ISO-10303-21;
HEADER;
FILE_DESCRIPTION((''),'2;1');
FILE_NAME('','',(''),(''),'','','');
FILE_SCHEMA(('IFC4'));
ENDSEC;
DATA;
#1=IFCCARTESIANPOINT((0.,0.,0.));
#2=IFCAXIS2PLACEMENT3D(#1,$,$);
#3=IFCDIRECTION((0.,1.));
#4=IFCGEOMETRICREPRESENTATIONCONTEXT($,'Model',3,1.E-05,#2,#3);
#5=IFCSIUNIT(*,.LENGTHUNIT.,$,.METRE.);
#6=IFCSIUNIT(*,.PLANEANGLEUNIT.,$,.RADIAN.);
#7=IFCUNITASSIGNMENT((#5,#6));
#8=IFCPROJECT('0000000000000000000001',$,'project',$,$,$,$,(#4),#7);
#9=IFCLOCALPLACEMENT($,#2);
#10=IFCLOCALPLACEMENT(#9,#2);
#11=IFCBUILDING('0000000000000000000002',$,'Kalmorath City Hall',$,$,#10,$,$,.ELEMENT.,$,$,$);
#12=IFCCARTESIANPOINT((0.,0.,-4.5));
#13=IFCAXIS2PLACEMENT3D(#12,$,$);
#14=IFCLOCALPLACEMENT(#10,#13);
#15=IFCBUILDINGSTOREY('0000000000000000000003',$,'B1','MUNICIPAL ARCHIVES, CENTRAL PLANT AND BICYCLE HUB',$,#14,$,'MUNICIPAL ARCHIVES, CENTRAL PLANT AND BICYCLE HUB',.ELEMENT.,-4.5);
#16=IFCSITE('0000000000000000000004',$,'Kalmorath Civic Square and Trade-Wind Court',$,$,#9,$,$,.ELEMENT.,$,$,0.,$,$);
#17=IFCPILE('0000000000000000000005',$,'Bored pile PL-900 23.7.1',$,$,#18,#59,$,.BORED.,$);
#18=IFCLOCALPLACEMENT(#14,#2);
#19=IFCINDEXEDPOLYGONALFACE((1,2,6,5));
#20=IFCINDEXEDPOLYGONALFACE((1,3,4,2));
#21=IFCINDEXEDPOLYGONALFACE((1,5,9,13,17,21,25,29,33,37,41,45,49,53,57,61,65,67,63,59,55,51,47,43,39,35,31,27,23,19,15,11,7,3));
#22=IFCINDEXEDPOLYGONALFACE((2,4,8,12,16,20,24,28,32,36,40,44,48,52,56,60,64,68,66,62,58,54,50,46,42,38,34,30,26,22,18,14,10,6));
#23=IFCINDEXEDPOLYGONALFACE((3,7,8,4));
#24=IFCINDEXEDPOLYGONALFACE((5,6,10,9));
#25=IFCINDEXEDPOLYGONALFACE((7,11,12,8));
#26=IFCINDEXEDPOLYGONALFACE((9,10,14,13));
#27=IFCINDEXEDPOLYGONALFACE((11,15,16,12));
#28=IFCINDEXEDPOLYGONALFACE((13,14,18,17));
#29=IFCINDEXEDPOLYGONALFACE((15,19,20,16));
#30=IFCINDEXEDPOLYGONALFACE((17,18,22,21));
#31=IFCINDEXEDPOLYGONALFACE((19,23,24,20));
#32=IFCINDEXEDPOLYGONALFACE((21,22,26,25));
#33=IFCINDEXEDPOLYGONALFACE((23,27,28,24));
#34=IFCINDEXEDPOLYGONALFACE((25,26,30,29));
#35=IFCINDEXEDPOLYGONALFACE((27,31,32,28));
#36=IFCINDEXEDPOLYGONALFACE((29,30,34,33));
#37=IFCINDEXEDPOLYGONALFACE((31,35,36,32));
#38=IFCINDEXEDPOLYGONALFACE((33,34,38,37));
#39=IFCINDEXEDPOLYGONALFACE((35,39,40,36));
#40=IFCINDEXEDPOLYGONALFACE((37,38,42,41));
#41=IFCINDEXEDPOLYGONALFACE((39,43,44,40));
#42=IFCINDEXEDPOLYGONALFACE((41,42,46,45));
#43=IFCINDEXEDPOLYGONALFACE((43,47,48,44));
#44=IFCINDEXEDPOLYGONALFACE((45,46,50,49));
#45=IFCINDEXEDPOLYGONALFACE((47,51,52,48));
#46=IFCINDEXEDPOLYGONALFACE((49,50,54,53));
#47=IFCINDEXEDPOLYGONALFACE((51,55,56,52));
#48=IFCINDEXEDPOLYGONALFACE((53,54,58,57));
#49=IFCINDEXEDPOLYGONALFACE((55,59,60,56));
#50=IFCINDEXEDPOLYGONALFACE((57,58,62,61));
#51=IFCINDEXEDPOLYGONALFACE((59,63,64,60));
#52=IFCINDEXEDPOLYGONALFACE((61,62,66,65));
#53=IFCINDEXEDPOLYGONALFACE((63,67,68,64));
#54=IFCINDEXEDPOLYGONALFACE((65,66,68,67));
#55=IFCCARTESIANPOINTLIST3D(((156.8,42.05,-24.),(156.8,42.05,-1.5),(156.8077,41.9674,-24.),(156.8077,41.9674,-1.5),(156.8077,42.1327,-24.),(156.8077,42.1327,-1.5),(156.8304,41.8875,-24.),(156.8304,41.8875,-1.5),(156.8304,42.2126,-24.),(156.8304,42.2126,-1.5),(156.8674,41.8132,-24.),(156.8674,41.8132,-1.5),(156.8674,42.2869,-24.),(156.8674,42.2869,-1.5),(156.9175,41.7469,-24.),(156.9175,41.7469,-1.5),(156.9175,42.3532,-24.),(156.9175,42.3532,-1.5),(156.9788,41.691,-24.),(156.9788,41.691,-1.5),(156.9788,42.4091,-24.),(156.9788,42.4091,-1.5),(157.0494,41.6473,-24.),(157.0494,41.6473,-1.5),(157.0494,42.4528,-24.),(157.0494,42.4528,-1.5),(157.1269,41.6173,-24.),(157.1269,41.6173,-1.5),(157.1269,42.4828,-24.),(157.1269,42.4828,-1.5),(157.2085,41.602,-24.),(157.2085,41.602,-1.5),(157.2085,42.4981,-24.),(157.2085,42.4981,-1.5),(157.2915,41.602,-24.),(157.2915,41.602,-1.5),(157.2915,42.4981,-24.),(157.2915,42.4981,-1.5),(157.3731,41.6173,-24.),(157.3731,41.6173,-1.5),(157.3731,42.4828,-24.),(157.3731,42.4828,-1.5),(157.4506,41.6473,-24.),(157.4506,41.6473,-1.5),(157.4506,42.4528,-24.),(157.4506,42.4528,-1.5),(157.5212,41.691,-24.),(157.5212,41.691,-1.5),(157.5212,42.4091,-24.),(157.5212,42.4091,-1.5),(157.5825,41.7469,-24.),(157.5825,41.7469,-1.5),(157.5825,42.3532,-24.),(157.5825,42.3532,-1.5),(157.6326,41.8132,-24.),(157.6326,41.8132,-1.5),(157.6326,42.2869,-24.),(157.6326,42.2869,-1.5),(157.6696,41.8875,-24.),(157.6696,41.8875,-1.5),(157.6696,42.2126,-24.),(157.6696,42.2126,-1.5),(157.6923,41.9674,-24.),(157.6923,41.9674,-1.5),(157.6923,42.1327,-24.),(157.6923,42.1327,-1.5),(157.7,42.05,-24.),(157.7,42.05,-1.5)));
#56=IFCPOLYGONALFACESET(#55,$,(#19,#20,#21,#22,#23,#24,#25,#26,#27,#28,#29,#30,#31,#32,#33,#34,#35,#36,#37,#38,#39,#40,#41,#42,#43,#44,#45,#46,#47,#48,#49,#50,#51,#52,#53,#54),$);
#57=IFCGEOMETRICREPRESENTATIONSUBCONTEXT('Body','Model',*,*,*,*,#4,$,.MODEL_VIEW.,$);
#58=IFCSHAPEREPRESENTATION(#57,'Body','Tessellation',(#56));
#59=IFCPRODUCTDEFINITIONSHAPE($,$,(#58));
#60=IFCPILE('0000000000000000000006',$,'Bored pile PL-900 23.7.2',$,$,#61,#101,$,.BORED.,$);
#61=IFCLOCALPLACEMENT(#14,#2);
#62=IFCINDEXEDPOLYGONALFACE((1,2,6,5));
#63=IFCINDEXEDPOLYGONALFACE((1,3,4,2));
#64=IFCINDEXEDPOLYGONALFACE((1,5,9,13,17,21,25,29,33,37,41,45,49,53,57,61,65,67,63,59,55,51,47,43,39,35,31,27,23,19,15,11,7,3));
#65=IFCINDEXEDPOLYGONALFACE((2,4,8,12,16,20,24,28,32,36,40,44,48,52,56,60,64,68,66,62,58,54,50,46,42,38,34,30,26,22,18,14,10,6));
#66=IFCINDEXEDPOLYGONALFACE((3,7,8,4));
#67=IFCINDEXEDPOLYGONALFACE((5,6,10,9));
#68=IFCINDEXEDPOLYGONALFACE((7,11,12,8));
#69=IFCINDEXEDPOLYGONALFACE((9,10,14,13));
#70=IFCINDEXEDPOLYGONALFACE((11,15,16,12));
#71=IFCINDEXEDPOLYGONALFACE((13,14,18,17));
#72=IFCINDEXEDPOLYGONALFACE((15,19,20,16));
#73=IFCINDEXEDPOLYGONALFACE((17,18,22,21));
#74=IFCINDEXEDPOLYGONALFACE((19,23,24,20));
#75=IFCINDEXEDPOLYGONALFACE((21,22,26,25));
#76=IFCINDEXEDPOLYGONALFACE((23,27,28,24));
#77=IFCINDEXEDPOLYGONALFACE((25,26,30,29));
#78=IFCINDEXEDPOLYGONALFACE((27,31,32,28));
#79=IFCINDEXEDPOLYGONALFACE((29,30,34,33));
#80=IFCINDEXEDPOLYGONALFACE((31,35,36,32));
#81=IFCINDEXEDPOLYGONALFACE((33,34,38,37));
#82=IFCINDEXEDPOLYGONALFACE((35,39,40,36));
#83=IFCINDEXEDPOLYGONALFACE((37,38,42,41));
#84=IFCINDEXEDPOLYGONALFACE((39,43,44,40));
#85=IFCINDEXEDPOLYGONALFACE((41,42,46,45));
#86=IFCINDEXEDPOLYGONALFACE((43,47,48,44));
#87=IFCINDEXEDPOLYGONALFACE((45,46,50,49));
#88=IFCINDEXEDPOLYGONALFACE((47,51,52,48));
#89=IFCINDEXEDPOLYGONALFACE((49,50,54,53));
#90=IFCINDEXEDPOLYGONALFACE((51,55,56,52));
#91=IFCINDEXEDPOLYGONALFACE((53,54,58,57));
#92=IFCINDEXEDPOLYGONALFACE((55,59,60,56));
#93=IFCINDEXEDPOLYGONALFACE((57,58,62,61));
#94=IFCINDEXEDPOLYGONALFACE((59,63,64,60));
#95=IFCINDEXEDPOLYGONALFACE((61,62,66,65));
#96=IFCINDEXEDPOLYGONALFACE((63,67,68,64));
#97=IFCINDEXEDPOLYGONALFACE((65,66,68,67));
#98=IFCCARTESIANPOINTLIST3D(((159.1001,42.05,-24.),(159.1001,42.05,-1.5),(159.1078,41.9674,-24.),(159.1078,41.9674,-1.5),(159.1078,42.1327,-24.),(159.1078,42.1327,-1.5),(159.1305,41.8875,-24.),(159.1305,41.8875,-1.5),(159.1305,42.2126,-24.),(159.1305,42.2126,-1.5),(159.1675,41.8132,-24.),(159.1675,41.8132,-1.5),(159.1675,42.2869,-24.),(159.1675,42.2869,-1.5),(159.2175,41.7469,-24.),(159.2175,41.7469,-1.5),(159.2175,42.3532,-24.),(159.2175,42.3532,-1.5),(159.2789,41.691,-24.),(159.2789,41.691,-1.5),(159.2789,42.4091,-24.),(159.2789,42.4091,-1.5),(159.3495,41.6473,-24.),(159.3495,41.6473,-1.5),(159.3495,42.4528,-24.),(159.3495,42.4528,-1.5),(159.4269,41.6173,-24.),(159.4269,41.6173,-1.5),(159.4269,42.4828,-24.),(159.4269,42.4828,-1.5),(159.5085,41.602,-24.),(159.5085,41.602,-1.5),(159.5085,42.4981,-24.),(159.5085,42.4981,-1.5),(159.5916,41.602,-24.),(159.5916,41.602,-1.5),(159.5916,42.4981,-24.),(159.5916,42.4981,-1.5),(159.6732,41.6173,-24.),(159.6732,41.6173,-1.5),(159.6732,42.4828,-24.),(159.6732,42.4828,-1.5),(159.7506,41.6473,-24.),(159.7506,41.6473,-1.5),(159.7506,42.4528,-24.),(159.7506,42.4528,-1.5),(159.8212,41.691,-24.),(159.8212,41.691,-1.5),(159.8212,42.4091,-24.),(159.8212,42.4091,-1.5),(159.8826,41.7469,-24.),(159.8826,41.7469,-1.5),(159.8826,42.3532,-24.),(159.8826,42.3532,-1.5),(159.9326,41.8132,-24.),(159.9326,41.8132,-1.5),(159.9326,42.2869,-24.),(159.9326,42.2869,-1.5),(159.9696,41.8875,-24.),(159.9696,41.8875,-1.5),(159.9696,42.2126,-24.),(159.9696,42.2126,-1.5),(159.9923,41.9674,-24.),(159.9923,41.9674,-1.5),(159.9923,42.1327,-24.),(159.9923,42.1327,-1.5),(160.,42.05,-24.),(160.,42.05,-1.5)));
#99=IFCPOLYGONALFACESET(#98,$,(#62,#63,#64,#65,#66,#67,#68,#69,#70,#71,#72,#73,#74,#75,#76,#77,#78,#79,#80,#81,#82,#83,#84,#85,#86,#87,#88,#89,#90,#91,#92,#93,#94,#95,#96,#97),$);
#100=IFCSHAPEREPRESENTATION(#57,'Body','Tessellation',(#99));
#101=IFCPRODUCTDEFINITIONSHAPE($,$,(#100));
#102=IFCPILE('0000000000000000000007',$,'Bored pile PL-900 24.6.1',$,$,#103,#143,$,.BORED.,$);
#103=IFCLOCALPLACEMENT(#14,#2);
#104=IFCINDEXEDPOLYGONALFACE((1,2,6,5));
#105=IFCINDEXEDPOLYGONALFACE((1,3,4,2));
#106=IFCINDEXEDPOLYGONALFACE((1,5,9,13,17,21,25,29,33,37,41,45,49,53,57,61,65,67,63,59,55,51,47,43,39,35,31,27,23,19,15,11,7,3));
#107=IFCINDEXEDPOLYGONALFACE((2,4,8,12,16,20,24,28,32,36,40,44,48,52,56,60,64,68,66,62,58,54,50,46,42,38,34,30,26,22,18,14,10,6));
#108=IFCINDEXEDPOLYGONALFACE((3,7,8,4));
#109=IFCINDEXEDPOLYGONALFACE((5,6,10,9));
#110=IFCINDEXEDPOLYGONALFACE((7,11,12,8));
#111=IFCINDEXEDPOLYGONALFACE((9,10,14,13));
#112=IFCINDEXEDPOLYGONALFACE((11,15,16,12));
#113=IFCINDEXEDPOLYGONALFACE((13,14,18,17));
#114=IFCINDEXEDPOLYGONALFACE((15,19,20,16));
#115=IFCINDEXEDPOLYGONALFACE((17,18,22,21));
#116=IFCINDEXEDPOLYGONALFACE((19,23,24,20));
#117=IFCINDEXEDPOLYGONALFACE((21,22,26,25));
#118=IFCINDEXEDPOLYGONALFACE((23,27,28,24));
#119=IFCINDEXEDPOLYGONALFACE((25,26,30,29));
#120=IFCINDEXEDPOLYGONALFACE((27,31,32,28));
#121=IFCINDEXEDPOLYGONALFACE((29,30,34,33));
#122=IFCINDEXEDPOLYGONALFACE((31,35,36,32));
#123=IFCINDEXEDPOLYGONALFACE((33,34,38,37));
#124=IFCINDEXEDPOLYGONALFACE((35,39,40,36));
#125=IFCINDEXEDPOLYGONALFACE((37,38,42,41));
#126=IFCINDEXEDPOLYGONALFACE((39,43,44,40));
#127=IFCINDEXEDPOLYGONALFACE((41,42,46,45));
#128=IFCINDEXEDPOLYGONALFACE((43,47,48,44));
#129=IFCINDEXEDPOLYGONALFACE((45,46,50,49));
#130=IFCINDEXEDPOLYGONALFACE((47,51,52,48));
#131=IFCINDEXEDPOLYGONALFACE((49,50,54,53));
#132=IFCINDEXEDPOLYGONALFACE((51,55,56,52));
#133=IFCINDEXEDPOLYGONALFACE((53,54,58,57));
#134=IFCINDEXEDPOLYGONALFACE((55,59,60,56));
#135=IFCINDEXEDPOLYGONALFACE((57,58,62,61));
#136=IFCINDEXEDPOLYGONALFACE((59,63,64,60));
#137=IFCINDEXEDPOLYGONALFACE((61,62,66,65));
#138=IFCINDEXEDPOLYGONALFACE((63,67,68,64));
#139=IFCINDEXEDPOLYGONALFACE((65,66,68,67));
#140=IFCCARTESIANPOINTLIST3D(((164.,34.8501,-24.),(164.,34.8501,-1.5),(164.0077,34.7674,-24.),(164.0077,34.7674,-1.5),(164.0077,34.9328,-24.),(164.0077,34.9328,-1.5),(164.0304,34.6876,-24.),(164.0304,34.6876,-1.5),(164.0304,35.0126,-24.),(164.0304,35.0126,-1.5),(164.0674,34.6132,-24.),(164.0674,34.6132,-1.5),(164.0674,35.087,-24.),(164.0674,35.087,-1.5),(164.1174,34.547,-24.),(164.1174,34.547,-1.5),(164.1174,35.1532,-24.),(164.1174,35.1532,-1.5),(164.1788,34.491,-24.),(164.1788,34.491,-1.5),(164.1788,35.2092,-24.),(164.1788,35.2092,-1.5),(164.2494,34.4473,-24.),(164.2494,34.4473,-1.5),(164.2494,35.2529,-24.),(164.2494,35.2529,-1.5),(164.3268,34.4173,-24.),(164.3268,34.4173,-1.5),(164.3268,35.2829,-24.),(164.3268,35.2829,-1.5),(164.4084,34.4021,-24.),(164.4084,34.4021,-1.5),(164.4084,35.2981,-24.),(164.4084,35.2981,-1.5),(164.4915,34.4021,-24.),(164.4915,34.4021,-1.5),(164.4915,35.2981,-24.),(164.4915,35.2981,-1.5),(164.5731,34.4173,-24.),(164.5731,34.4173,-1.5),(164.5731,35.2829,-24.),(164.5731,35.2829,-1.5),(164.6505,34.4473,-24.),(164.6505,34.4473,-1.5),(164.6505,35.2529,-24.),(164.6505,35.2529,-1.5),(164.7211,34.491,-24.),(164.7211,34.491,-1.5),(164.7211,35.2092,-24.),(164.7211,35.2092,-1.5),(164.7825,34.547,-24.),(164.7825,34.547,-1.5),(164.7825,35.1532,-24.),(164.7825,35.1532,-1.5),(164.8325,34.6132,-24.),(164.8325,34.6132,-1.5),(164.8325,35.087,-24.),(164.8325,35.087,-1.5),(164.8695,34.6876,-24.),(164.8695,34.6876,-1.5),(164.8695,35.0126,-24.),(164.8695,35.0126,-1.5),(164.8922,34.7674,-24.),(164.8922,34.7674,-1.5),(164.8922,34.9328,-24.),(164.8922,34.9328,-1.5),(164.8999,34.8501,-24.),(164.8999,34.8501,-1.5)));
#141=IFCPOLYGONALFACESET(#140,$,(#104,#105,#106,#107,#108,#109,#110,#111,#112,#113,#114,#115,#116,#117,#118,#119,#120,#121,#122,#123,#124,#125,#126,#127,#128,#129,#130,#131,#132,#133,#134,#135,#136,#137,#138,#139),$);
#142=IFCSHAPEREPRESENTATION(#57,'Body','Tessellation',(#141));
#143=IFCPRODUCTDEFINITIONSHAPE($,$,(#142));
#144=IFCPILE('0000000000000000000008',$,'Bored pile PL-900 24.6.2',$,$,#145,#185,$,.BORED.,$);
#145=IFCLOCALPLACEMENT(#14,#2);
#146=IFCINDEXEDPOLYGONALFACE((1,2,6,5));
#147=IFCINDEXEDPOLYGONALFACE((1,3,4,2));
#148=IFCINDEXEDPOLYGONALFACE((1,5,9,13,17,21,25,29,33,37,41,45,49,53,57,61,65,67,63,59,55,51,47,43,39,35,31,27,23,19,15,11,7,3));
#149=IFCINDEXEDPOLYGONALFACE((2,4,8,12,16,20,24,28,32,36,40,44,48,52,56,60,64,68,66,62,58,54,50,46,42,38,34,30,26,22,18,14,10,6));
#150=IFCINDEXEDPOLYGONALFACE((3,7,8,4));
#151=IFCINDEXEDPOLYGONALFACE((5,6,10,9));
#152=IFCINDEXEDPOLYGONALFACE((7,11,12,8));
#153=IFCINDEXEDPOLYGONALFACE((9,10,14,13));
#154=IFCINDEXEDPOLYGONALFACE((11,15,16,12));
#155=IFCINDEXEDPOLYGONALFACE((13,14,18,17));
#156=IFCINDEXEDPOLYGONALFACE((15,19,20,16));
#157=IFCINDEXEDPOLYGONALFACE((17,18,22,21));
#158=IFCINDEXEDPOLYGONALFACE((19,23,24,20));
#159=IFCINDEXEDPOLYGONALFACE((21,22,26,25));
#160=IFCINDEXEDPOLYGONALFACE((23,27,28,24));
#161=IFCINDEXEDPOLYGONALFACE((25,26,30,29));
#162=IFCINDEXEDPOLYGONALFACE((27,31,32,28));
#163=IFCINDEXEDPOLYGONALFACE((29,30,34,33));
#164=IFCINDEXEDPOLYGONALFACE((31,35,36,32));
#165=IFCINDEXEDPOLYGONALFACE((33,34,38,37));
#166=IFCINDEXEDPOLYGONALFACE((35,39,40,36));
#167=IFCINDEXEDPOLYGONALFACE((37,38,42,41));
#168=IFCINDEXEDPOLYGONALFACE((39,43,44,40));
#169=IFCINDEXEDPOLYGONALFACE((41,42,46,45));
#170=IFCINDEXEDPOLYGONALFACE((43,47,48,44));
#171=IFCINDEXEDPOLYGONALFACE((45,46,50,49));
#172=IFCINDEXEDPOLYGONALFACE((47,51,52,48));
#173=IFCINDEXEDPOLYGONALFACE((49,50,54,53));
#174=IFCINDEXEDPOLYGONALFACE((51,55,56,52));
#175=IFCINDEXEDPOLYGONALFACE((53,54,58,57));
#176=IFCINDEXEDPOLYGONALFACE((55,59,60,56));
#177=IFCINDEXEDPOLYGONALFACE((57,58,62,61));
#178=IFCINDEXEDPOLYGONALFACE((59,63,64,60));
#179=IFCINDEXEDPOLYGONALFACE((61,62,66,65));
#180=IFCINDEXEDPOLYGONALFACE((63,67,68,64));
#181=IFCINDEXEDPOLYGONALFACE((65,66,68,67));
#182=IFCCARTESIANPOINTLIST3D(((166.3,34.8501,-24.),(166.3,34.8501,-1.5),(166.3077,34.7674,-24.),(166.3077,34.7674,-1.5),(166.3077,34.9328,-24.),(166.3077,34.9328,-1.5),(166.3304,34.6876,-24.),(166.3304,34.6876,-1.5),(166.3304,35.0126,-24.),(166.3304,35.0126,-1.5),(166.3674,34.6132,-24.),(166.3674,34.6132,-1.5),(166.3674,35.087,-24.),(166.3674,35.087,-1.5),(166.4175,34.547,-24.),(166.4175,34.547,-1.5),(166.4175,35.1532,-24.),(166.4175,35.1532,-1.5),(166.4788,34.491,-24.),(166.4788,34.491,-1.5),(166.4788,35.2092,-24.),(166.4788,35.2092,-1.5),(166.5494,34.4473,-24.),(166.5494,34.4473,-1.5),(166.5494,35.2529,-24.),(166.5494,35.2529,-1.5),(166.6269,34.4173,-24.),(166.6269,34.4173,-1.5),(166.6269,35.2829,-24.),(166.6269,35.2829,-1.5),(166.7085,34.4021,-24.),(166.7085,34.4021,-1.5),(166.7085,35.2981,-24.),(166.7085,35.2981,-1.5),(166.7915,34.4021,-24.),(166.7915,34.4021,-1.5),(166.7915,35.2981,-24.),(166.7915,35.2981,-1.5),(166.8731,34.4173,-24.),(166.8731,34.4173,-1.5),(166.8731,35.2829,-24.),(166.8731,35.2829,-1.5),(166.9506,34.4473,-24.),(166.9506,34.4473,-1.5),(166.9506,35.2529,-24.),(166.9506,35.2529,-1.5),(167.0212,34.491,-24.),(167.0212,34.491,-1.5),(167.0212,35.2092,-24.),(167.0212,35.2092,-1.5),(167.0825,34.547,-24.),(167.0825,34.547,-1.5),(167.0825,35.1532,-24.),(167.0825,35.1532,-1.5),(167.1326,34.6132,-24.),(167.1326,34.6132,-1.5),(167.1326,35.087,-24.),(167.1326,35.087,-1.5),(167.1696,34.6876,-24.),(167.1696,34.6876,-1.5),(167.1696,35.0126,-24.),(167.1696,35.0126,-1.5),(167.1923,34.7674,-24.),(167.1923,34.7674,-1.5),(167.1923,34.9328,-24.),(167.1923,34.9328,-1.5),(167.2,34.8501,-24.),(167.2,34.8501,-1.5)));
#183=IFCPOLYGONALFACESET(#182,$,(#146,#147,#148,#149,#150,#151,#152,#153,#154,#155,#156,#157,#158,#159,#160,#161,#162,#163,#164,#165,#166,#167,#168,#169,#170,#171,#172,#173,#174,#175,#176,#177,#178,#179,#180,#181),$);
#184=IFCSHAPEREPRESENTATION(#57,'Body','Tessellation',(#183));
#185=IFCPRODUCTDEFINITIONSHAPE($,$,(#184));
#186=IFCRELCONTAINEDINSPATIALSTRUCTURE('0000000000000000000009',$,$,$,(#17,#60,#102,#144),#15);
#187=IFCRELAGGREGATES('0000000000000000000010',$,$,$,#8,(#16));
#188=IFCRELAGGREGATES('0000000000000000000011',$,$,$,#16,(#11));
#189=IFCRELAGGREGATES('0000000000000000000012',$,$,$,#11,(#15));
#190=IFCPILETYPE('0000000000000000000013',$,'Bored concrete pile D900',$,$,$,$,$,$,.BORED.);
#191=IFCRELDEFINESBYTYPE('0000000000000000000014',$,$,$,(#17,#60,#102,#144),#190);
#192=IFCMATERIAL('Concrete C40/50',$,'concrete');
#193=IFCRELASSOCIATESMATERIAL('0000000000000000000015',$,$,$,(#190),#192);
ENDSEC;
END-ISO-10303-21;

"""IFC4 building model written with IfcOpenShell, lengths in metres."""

from ifc_helpers import new_model, si_unit, direction, frame, origin, origin_2d, place, context, subcontext, project, spatial, circle, extrude, material, material_profile, profile_set, type_object, element, save


model = new_model("IFC4")

# Units and contexts
model_context = context("Model", 3, precision=1e-05, world=origin(), true_north=direction((0.0, 1.0)))
body_context = subcontext(model_context, "Body", "Model", "MODEL_VIEW")
ifc_project = project(units=[si_unit("LENGTHUNIT", "METRE"), si_unit("PLANEANGLEUNIT", "RADIAN")], contexts=[model_context])

# Site, building, storey
site_placement = place(None, origin())
site = spatial("IfcSite", under=ifc_project, at=site_placement, Name="Kalmorath Civic Square and Trade-Wind Court", CompositionType="ELEMENT", RefElevation=0.0)
building_placement = place(site_placement, origin())
building = spatial("IfcBuilding", under=site, at=building_placement, Name="Kalmorath City Hall", CompositionType="ELEMENT")
storey_placement = place(building_placement, frame((0.0, 0.0, -4.5)))
storey = spatial("IfcBuildingStorey", under=building, at=storey_placement, Name="B1", Description="MUNICIPAL ARCHIVES, CENTRAL PLANT AND BICYCLE HUB", LongName="MUNICIPAL ARCHIVES, CENTRAL PLANT AND BICYCLE HUB", CompositionType="ELEMENT", Elevation=-4.5)

# Piles
ifc_material_1 = material(Name="Concrete C40/50", Category="concrete")
ifc_material_profile_1 = material_profile(ifc_material_1, circle(Radius=0.45, at=origin_2d()), Name="PILE-D900")
ifc_profile_set_1 = profile_set([ifc_material_profile_1], Name="Concrete C40/50")
pile_type = type_object("IfcPileType", Name="Bored concrete pile D900", PredefinedType="BORED", material=ifc_profile_set_1)
for number, where, z_axis, x_axis, name in (
    (1, (157.25, 42.05, -1.5), (0.0, 0.0, -1.0), (1.0, 0.0, 0.0), "Bored pile PL-900 23.7.1"),
    (2, (159.55, 42.05, -1.5), (0.0, 0.0, -1.0), (1.0, 0.0, 0.0), "Bored pile PL-900 23.7.2"),
    (3, (164.45, 34.8501, -1.5), (0.0, 0.0, -1.0), (1.0, 0.0, 0.0), "Bored pile PL-900 24.6.1"),
    (4, (166.75, 34.8501, -1.5), (0.0, 0.0, -1.0), (1.0, 0.0, 0.0), "Bored pile PL-900 24.6.2"),
):
    element("IfcPile", number, at=place(storey_placement, frame(where, z_axis=z_axis, x_axis=x_axis)), inside=storey, type_object=pile_type, Name=name, PredefinedType="BORED", context=body_context, shape_type="SweptSolid", body=[
        extrude(circle(Radius=0.45, at=origin_2d()), origin(), (0.0, 0.0, 1.0), 22.5),
    ])

save(model, "model.ifc")
